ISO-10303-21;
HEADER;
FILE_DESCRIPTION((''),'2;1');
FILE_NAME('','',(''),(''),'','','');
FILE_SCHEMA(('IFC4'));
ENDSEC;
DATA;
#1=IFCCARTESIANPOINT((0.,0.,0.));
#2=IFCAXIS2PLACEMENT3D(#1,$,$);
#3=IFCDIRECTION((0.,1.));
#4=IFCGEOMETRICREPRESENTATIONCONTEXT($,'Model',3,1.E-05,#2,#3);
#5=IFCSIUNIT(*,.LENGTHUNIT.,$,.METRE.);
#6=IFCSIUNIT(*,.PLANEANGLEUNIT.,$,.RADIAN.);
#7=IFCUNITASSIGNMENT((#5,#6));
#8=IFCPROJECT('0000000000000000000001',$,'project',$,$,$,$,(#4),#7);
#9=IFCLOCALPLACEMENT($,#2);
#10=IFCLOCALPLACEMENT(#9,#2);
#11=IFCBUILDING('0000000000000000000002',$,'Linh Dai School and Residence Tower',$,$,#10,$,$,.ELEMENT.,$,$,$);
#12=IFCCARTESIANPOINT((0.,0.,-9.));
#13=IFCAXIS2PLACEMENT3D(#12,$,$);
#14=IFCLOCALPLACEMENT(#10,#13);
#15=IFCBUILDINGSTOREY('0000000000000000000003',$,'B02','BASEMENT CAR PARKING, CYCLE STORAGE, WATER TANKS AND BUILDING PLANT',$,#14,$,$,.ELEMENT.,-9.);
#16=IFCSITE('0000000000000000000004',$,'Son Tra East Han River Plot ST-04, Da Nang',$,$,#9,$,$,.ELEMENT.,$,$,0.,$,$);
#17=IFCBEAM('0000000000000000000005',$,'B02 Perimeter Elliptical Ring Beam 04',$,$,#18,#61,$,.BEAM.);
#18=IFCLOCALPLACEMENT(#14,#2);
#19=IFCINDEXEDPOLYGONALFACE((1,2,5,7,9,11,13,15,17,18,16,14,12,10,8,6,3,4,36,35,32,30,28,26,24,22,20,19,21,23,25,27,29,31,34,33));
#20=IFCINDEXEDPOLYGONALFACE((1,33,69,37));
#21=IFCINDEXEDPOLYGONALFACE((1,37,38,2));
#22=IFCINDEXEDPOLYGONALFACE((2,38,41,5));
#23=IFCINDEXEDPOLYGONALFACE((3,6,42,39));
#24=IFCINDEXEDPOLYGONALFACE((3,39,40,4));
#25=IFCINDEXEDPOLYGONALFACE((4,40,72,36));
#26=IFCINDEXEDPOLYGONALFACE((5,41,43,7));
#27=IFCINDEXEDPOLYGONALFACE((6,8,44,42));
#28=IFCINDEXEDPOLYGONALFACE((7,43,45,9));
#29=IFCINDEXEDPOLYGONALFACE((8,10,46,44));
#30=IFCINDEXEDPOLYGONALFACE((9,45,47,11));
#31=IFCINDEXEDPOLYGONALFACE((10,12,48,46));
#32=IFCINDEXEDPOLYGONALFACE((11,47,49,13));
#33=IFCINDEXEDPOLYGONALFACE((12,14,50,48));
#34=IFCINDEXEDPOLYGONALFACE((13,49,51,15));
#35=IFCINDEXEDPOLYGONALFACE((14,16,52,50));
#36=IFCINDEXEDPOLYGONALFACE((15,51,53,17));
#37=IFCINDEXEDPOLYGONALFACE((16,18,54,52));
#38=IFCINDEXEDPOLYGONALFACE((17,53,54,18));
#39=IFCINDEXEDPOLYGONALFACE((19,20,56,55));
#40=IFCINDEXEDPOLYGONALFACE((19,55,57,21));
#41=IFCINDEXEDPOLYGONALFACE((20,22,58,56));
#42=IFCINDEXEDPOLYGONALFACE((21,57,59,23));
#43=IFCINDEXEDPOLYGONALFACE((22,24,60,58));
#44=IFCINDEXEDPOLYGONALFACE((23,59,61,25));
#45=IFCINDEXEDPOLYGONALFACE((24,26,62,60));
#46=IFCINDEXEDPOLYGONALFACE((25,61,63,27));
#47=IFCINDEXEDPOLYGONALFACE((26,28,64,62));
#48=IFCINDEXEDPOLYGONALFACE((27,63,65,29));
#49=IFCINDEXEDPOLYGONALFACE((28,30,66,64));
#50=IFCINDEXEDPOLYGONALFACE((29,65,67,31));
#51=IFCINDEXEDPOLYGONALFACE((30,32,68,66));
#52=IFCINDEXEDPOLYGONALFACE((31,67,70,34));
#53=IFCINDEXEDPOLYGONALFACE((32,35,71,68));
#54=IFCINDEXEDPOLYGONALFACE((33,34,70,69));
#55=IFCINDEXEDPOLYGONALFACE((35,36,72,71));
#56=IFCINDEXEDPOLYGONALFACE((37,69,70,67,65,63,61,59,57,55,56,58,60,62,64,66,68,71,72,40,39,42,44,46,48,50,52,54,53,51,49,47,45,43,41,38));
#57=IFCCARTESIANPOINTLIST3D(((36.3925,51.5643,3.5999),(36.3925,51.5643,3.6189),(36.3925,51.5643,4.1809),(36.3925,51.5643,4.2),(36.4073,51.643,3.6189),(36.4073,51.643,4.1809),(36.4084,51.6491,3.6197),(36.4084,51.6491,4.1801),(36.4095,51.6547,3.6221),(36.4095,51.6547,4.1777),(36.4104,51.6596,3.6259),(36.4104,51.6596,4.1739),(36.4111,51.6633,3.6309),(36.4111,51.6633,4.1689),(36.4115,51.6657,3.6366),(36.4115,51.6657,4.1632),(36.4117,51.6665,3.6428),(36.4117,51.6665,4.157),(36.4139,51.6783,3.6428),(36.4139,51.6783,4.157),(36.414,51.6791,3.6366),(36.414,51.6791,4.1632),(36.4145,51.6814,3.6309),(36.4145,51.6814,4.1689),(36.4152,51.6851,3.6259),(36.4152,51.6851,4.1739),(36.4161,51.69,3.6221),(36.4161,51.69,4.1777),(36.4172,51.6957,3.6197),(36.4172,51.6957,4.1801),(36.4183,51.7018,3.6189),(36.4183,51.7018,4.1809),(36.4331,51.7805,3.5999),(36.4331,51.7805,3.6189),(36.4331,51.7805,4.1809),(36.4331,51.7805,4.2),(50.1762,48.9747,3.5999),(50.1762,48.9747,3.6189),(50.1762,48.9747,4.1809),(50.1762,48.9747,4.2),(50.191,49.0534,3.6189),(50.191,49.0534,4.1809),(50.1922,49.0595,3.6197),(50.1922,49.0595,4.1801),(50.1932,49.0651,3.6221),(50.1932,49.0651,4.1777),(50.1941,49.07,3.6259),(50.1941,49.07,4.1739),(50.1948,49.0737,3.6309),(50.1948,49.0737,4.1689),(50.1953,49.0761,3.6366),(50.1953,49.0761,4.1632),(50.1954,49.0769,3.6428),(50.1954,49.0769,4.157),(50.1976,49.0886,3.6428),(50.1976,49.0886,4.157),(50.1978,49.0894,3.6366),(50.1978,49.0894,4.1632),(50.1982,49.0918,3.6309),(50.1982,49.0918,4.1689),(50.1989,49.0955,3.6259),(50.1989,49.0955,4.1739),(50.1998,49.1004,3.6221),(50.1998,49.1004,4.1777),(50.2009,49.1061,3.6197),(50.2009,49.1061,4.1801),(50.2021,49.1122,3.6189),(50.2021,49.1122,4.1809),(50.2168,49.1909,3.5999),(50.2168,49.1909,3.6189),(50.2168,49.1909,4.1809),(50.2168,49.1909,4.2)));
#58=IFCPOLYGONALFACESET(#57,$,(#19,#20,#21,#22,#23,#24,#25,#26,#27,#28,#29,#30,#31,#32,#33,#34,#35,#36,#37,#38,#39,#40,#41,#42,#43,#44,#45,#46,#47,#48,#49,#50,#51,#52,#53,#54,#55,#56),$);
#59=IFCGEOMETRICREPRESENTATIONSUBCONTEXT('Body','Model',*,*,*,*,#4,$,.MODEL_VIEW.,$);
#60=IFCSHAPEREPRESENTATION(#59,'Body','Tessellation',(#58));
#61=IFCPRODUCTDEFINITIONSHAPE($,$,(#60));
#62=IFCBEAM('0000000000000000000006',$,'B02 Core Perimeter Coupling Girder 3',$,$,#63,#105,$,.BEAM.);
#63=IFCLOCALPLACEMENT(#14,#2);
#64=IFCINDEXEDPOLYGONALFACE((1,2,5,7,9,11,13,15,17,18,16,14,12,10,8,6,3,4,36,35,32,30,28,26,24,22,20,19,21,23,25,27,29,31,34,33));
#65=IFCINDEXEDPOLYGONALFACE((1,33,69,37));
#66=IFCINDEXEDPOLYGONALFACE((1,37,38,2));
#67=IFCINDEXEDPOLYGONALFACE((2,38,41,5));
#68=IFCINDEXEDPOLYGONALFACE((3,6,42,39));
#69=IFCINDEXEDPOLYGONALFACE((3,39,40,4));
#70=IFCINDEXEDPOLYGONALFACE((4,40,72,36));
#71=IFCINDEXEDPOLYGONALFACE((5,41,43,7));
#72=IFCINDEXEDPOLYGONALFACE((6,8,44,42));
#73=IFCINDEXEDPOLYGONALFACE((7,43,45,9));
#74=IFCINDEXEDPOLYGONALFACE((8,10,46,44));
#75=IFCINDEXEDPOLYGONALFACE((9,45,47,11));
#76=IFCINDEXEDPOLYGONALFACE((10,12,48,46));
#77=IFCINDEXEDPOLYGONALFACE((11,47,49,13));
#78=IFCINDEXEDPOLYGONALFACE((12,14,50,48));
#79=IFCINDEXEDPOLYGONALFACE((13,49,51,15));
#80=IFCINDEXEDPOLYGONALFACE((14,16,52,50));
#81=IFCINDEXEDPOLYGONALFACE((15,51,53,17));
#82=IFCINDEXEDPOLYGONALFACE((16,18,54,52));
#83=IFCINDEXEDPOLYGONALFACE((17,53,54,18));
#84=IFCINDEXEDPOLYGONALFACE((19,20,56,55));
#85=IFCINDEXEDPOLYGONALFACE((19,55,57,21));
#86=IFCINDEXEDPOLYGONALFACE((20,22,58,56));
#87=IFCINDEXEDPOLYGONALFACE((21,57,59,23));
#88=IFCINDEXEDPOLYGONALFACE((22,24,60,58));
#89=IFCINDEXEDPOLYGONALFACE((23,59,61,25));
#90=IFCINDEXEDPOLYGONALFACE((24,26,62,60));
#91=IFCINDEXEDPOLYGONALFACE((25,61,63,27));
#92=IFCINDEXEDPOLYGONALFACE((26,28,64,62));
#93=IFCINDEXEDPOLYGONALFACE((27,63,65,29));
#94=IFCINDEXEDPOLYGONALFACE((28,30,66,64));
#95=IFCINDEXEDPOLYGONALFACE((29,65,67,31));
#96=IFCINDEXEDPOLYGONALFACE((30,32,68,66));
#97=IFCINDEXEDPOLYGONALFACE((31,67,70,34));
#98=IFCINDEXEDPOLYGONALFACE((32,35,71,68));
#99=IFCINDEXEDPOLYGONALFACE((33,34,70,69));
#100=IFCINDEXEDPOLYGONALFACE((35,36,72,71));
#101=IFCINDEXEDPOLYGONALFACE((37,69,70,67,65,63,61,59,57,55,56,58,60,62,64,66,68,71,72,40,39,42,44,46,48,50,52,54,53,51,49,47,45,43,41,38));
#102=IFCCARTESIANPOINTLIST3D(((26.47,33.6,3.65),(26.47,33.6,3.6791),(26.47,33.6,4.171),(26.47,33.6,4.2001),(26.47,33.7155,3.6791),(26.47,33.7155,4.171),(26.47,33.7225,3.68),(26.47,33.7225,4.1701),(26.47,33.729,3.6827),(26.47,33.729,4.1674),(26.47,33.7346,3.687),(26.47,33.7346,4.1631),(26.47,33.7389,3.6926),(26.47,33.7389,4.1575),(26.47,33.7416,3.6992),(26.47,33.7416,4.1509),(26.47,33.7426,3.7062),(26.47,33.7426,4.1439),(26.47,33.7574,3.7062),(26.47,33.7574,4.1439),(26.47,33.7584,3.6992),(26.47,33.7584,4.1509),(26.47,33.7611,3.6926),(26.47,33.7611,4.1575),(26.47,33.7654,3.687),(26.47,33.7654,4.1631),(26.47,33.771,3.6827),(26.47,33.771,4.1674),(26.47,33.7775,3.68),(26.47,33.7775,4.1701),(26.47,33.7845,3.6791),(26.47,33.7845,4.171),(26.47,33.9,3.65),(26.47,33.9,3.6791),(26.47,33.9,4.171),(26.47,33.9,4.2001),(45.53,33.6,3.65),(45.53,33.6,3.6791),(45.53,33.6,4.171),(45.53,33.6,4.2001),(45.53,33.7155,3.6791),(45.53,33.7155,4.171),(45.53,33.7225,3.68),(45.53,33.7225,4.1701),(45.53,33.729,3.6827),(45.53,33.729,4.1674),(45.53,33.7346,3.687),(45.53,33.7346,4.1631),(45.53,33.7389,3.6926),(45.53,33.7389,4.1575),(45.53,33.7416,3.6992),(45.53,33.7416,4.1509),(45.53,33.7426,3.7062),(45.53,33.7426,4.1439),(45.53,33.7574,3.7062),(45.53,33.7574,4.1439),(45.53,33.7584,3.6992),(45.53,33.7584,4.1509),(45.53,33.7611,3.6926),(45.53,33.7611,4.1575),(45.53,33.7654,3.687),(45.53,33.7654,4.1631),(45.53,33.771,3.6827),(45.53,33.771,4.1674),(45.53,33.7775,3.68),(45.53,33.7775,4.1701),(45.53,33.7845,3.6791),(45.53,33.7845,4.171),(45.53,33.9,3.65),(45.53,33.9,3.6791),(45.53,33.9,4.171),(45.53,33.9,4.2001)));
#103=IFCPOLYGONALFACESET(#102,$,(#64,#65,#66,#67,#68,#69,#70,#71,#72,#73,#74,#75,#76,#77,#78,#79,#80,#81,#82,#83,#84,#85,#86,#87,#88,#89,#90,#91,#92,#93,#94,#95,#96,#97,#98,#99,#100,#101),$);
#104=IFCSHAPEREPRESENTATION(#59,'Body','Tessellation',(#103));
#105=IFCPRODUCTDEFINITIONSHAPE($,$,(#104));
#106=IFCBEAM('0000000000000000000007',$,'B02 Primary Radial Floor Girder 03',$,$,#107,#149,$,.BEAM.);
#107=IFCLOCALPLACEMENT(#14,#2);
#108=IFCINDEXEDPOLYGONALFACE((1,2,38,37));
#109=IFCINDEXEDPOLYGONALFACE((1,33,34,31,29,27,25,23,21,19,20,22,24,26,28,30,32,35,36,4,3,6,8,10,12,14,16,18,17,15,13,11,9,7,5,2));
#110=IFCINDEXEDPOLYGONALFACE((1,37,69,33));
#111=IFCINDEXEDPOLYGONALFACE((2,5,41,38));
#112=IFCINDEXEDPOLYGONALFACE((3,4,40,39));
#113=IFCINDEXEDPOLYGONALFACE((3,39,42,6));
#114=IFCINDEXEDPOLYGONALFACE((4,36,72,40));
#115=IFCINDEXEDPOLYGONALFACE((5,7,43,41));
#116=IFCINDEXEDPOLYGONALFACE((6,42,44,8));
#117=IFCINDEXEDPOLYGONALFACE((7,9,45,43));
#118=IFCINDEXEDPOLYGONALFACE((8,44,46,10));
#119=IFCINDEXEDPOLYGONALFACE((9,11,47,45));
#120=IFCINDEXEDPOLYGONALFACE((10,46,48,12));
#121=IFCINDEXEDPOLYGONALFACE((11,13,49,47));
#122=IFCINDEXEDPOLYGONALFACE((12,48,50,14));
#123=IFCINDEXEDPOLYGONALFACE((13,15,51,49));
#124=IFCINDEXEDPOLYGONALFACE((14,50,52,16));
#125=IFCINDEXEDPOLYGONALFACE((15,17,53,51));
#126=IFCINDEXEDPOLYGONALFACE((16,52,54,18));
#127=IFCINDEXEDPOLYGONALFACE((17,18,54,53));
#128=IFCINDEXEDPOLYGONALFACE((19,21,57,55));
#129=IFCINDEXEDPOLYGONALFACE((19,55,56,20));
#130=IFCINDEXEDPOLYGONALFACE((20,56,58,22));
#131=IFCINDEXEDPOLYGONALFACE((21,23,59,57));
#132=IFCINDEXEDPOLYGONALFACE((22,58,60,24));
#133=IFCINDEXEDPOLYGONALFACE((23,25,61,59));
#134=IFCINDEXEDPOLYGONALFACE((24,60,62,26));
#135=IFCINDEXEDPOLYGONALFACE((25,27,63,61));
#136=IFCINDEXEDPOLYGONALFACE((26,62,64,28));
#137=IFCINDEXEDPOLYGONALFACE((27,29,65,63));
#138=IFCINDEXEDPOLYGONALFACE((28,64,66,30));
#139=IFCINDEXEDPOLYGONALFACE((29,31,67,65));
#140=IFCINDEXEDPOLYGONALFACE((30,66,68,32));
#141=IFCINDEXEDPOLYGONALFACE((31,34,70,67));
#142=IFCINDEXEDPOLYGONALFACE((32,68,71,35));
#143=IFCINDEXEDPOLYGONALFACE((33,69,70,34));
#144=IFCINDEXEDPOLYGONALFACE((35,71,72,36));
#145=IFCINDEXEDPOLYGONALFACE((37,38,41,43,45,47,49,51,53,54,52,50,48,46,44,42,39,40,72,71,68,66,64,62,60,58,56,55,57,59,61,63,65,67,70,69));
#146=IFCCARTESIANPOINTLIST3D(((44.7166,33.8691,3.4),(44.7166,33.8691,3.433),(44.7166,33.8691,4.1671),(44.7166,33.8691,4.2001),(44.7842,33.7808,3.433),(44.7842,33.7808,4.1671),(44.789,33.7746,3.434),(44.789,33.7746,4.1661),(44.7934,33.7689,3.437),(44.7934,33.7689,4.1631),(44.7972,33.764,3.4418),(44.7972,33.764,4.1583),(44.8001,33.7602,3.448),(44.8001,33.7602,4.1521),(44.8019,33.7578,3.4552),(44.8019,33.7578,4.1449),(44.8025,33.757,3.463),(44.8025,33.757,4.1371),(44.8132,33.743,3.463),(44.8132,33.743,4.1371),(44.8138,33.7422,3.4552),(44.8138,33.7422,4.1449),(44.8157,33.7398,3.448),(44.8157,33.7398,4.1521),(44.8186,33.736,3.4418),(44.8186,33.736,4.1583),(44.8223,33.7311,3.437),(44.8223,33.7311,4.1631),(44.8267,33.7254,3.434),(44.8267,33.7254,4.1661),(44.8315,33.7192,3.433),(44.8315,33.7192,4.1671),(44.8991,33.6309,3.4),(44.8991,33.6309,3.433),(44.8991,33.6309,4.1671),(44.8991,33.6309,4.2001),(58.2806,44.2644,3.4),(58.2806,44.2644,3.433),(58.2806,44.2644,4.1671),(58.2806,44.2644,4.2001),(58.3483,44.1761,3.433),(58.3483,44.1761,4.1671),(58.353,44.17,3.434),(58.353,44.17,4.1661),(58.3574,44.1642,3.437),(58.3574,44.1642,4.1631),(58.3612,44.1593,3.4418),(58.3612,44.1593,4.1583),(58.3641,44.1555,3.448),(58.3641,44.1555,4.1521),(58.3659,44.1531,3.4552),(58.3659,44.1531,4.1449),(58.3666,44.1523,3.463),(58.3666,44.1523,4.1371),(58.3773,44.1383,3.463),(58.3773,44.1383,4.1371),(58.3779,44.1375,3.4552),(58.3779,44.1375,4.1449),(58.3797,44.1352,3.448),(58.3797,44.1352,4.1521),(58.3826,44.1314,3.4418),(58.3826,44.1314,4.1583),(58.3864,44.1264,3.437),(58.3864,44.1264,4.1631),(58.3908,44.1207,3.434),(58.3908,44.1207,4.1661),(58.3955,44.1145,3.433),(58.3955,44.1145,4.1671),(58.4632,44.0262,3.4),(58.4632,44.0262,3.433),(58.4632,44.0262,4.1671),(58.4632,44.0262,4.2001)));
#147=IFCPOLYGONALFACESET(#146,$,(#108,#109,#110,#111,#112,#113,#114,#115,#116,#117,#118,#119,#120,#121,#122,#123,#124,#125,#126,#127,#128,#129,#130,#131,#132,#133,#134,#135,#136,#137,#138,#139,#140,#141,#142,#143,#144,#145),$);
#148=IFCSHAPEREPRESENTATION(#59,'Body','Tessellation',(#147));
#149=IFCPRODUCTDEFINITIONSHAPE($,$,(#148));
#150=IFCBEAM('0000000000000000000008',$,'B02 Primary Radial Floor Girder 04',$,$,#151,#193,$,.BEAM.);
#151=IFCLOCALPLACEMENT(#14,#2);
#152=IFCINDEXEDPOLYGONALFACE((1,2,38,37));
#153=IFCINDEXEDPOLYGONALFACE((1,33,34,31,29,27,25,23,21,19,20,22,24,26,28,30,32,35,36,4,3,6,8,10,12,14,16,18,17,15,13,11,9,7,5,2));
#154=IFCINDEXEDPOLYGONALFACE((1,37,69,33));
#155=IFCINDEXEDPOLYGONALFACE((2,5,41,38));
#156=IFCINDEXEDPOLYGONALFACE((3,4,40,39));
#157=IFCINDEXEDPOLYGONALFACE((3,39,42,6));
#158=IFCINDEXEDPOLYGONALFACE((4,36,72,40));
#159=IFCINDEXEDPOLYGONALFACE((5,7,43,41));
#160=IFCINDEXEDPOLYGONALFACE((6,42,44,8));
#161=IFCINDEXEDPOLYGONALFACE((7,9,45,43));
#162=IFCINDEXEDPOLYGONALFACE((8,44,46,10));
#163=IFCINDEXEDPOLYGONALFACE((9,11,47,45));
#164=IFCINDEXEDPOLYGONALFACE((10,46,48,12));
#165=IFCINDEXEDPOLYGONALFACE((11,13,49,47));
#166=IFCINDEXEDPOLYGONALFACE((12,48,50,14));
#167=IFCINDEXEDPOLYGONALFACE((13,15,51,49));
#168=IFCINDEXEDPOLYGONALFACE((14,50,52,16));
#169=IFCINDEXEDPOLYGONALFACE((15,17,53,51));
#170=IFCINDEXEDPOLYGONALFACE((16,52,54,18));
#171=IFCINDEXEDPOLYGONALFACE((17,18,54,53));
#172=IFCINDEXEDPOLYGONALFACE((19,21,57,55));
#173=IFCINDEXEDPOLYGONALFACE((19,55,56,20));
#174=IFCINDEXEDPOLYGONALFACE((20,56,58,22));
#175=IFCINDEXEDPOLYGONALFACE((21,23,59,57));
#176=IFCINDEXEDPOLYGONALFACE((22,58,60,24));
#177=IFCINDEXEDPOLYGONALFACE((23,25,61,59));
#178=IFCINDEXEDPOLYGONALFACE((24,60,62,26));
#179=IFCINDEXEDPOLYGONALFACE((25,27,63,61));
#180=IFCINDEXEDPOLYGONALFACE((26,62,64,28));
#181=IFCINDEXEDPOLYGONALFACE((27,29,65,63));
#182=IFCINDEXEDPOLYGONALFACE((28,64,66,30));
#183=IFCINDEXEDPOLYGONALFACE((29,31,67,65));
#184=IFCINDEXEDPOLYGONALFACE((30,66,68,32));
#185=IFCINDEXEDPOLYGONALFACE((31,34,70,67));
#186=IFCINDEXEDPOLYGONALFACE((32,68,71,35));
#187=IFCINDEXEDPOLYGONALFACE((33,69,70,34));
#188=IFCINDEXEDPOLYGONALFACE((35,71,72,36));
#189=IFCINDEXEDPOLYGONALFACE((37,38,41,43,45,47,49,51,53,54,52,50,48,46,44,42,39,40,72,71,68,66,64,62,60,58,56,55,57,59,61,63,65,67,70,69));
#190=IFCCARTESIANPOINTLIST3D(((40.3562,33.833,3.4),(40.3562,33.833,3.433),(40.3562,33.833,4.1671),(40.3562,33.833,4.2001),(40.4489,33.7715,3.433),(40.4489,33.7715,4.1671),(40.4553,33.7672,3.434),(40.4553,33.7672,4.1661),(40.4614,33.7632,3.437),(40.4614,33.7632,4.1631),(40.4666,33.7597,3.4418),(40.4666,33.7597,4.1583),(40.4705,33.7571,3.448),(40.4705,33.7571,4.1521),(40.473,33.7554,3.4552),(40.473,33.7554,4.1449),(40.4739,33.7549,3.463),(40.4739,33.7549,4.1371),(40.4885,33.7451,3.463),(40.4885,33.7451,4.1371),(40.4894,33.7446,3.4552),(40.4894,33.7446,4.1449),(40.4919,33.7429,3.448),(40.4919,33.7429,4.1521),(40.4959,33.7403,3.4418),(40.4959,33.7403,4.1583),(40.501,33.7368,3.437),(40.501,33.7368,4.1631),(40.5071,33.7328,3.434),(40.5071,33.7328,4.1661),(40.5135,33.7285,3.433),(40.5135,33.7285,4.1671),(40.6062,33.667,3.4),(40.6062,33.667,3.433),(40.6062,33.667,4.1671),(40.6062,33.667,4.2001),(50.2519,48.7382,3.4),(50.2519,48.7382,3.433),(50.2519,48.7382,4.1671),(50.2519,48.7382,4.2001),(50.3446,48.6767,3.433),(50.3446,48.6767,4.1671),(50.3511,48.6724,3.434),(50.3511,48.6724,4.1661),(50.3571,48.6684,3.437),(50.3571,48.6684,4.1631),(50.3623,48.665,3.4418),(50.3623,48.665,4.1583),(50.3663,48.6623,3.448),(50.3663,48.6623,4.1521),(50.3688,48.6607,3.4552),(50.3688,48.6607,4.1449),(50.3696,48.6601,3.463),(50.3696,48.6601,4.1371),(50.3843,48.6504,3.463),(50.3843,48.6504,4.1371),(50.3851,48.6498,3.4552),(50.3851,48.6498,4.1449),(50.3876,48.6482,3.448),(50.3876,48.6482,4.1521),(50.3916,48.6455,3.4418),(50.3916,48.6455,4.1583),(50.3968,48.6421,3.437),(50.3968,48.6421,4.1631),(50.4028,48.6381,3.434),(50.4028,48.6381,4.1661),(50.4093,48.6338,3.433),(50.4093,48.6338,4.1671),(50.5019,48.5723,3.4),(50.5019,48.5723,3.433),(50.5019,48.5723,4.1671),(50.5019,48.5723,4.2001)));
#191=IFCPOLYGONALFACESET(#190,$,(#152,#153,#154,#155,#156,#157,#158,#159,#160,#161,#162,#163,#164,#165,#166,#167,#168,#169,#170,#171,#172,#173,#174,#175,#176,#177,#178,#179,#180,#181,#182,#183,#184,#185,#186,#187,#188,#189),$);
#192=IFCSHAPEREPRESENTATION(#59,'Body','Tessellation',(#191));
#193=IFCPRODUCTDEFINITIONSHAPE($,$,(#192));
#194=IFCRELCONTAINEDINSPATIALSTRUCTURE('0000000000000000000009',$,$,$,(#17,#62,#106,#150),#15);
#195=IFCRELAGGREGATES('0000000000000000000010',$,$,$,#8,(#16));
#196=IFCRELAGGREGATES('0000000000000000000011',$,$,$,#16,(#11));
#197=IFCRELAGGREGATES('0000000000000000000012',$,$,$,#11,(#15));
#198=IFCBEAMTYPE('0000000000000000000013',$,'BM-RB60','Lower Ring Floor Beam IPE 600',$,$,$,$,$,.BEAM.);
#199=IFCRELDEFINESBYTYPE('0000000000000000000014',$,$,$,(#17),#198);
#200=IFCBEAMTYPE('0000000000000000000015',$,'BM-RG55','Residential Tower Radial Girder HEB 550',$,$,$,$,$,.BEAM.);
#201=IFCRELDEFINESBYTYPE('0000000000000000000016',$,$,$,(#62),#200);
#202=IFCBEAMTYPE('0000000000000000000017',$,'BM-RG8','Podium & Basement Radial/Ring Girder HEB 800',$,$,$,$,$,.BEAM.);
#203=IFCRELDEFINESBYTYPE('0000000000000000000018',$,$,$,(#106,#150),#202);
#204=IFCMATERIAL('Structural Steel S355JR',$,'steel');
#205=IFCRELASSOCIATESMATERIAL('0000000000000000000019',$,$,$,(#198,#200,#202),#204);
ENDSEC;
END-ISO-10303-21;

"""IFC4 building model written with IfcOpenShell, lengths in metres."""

from ifc_helpers import new_model, si_unit, direction, frame, origin, origin_2d, place, context, subcontext, project, spatial, i_section, extrude, material, material_profile, profile_set, type_object, element, save


model = new_model("IFC4")

# Units and contexts
model_context = context("Model", 3, precision=1e-05, world=origin(), true_north=direction((0.0, 1.0)))
body_context = subcontext(model_context, "Body", "Model", "MODEL_VIEW")
ifc_project = project(units=[si_unit("LENGTHUNIT", "METRE"), si_unit("PLANEANGLEUNIT", "RADIAN")], contexts=[model_context])

# Site, building, storey
site_placement = place(None, origin())
site = spatial("IfcSite", under=ifc_project, at=site_placement, Name="Son Tra East Han River Plot ST-04, Da Nang", CompositionType="ELEMENT", RefElevation=0.0)
building_placement = place(site_placement, origin())
building = spatial("IfcBuilding", under=site, at=building_placement, Name="Linh Dai School and Residence Tower", CompositionType="ELEMENT")
storey_placement = place(building_placement, frame((0.0, 0.0, -9.0)))
storey = spatial("IfcBuildingStorey", under=building, at=storey_placement, Name="B02", Description="BASEMENT CAR PARKING, CYCLE STORAGE, WATER TANKS AND BUILDING PLANT", CompositionType="ELEMENT", Elevation=-9.0)

# Shared definitions
ifc_material_1 = material(Name="Structural Steel S355JR", Category="steel")

# Beams
ifc_material_profile_1 = material_profile(ifc_material_1, i_section(OverallWidth=0.22, OverallDepth=0.6001, WebThickness=0.012, FlangeThickness=0.019, FilletRadius=0.0239, at=origin_2d()), Name="IPE 600")
ifc_profile_set_1 = profile_set([ifc_material_profile_1], Name="Structural Steel S355JR")
beam_type_1 = type_object("IfcBeamType", Name="BM-RB60", Description="Lower Ring Floor Beam IPE 600", PredefinedType="BEAM", material=ifc_profile_set_1)
beam_1_placement = place(storey_placement, frame((50.1965, 49.0828, 3.8999), z_axis=(-0.982806, 0.184644, 0.0), x_axis=(-0.184644, -0.982806, 0.0)))
element("IfcBeam", 1, at=beam_1_placement, inside=storey, type_object=beam_type_1, Name="B02 Perimeter Elliptical Ring Beam 04", PredefinedType="BEAM", context=body_context, shape_type="SweptSolid", body=[
    extrude(i_section(OverallWidth=0.22, OverallDepth=0.6001, WebThickness=0.012, FlangeThickness=0.019, FilletRadius=0.0239, at=origin_2d()), origin(), (0.0, 0.0, 1.0), 14.0249),
])
ifc_material_profile_2 = material_profile(ifc_material_1, i_section(OverallWidth=0.3, OverallDepth=0.55, WebThickness=0.0149, FlangeThickness=0.0291, FilletRadius=0.0271, at=origin_2d()), Name="HEB 550")
ifc_profile_set_2 = profile_set([ifc_material_profile_2], Name="Structural Steel S355JR")
beam_type_2 = type_object("IfcBeamType", Name="BM-RG55", Description="Residential Tower Radial Girder HEB 550", PredefinedType="BEAM", material=ifc_profile_set_2)
beam_2_placement = place(storey_placement, frame((45.53, 33.75, 3.925), z_axis=(-1.0, 0.0, 0.0), x_axis=(0.0, -1.0, 0.0)))
element("IfcBeam", 2, at=beam_2_placement, inside=storey, type_object=beam_type_2, Name="B02 Core Perimeter Coupling Girder 3", PredefinedType="BEAM", context=body_context, shape_type="SweptSolid", body=[
    extrude(i_section(OverallWidth=0.3, OverallDepth=0.55, WebThickness=0.0149, FlangeThickness=0.0291, FilletRadius=0.0271, at=origin_2d()), origin(), (0.0, 0.0, 1.0), 19.0601),
])
ifc_material_profile_3 = material_profile(ifc_material_1, i_section(OverallWidth=0.3, OverallDepth=0.8, WebThickness=0.0176, FlangeThickness=0.033, FilletRadius=0.03, at=origin_2d()), Name="HEB 800")
ifc_profile_set_3 = profile_set([ifc_material_profile_3], Name="Structural Steel S355JR")
beam_type_3 = type_object("IfcBeamType", Name="BM-RG8", Description="Podium & Basement Radial/Ring Girder HEB 800", PredefinedType="BEAM", material=ifc_profile_set_3)
beam_3_placement = place(storey_placement, frame((44.8079, 33.75, 3.8), z_axis=(0.793713, 0.608292, 0.0), x_axis=(-0.608292, 0.793713, 0.0)))
element("IfcBeam", 3, at=beam_3_placement, inside=storey, type_object=beam_type_3, Name="B02 Primary Radial Floor Girder 03", PredefinedType="BEAM", context=body_context, shape_type="SweptSolid", body=[
    extrude(i_section(OverallWidth=0.3, OverallDepth=0.8, WebThickness=0.0176, FlangeThickness=0.033, FilletRadius=0.03, at=origin_2d()), origin(), (0.0, 0.0, 1.0), 17.0894),
])
beam_4_placement = place(storey_placement, frame((40.4812, 33.75, 3.8), z_axis=(0.553109, 0.833109, 0.0), x_axis=(-0.833109, 0.553109, 0.0)))
element("IfcBeam", 4, at=beam_4_placement, inside=storey, type_object=beam_type_3, Name="B02 Primary Radial Floor Girder 04", PredefinedType="BEAM", context=body_context, shape_type="SweptSolid", body=[
    extrude(i_section(OverallWidth=0.3, OverallDepth=0.8, WebThickness=0.0176, FlangeThickness=0.033, FilletRadius=0.03, at=origin_2d()), origin(), (0.0, 0.0, 1.0), 17.8911),
])

save(model, "model.ifc")
